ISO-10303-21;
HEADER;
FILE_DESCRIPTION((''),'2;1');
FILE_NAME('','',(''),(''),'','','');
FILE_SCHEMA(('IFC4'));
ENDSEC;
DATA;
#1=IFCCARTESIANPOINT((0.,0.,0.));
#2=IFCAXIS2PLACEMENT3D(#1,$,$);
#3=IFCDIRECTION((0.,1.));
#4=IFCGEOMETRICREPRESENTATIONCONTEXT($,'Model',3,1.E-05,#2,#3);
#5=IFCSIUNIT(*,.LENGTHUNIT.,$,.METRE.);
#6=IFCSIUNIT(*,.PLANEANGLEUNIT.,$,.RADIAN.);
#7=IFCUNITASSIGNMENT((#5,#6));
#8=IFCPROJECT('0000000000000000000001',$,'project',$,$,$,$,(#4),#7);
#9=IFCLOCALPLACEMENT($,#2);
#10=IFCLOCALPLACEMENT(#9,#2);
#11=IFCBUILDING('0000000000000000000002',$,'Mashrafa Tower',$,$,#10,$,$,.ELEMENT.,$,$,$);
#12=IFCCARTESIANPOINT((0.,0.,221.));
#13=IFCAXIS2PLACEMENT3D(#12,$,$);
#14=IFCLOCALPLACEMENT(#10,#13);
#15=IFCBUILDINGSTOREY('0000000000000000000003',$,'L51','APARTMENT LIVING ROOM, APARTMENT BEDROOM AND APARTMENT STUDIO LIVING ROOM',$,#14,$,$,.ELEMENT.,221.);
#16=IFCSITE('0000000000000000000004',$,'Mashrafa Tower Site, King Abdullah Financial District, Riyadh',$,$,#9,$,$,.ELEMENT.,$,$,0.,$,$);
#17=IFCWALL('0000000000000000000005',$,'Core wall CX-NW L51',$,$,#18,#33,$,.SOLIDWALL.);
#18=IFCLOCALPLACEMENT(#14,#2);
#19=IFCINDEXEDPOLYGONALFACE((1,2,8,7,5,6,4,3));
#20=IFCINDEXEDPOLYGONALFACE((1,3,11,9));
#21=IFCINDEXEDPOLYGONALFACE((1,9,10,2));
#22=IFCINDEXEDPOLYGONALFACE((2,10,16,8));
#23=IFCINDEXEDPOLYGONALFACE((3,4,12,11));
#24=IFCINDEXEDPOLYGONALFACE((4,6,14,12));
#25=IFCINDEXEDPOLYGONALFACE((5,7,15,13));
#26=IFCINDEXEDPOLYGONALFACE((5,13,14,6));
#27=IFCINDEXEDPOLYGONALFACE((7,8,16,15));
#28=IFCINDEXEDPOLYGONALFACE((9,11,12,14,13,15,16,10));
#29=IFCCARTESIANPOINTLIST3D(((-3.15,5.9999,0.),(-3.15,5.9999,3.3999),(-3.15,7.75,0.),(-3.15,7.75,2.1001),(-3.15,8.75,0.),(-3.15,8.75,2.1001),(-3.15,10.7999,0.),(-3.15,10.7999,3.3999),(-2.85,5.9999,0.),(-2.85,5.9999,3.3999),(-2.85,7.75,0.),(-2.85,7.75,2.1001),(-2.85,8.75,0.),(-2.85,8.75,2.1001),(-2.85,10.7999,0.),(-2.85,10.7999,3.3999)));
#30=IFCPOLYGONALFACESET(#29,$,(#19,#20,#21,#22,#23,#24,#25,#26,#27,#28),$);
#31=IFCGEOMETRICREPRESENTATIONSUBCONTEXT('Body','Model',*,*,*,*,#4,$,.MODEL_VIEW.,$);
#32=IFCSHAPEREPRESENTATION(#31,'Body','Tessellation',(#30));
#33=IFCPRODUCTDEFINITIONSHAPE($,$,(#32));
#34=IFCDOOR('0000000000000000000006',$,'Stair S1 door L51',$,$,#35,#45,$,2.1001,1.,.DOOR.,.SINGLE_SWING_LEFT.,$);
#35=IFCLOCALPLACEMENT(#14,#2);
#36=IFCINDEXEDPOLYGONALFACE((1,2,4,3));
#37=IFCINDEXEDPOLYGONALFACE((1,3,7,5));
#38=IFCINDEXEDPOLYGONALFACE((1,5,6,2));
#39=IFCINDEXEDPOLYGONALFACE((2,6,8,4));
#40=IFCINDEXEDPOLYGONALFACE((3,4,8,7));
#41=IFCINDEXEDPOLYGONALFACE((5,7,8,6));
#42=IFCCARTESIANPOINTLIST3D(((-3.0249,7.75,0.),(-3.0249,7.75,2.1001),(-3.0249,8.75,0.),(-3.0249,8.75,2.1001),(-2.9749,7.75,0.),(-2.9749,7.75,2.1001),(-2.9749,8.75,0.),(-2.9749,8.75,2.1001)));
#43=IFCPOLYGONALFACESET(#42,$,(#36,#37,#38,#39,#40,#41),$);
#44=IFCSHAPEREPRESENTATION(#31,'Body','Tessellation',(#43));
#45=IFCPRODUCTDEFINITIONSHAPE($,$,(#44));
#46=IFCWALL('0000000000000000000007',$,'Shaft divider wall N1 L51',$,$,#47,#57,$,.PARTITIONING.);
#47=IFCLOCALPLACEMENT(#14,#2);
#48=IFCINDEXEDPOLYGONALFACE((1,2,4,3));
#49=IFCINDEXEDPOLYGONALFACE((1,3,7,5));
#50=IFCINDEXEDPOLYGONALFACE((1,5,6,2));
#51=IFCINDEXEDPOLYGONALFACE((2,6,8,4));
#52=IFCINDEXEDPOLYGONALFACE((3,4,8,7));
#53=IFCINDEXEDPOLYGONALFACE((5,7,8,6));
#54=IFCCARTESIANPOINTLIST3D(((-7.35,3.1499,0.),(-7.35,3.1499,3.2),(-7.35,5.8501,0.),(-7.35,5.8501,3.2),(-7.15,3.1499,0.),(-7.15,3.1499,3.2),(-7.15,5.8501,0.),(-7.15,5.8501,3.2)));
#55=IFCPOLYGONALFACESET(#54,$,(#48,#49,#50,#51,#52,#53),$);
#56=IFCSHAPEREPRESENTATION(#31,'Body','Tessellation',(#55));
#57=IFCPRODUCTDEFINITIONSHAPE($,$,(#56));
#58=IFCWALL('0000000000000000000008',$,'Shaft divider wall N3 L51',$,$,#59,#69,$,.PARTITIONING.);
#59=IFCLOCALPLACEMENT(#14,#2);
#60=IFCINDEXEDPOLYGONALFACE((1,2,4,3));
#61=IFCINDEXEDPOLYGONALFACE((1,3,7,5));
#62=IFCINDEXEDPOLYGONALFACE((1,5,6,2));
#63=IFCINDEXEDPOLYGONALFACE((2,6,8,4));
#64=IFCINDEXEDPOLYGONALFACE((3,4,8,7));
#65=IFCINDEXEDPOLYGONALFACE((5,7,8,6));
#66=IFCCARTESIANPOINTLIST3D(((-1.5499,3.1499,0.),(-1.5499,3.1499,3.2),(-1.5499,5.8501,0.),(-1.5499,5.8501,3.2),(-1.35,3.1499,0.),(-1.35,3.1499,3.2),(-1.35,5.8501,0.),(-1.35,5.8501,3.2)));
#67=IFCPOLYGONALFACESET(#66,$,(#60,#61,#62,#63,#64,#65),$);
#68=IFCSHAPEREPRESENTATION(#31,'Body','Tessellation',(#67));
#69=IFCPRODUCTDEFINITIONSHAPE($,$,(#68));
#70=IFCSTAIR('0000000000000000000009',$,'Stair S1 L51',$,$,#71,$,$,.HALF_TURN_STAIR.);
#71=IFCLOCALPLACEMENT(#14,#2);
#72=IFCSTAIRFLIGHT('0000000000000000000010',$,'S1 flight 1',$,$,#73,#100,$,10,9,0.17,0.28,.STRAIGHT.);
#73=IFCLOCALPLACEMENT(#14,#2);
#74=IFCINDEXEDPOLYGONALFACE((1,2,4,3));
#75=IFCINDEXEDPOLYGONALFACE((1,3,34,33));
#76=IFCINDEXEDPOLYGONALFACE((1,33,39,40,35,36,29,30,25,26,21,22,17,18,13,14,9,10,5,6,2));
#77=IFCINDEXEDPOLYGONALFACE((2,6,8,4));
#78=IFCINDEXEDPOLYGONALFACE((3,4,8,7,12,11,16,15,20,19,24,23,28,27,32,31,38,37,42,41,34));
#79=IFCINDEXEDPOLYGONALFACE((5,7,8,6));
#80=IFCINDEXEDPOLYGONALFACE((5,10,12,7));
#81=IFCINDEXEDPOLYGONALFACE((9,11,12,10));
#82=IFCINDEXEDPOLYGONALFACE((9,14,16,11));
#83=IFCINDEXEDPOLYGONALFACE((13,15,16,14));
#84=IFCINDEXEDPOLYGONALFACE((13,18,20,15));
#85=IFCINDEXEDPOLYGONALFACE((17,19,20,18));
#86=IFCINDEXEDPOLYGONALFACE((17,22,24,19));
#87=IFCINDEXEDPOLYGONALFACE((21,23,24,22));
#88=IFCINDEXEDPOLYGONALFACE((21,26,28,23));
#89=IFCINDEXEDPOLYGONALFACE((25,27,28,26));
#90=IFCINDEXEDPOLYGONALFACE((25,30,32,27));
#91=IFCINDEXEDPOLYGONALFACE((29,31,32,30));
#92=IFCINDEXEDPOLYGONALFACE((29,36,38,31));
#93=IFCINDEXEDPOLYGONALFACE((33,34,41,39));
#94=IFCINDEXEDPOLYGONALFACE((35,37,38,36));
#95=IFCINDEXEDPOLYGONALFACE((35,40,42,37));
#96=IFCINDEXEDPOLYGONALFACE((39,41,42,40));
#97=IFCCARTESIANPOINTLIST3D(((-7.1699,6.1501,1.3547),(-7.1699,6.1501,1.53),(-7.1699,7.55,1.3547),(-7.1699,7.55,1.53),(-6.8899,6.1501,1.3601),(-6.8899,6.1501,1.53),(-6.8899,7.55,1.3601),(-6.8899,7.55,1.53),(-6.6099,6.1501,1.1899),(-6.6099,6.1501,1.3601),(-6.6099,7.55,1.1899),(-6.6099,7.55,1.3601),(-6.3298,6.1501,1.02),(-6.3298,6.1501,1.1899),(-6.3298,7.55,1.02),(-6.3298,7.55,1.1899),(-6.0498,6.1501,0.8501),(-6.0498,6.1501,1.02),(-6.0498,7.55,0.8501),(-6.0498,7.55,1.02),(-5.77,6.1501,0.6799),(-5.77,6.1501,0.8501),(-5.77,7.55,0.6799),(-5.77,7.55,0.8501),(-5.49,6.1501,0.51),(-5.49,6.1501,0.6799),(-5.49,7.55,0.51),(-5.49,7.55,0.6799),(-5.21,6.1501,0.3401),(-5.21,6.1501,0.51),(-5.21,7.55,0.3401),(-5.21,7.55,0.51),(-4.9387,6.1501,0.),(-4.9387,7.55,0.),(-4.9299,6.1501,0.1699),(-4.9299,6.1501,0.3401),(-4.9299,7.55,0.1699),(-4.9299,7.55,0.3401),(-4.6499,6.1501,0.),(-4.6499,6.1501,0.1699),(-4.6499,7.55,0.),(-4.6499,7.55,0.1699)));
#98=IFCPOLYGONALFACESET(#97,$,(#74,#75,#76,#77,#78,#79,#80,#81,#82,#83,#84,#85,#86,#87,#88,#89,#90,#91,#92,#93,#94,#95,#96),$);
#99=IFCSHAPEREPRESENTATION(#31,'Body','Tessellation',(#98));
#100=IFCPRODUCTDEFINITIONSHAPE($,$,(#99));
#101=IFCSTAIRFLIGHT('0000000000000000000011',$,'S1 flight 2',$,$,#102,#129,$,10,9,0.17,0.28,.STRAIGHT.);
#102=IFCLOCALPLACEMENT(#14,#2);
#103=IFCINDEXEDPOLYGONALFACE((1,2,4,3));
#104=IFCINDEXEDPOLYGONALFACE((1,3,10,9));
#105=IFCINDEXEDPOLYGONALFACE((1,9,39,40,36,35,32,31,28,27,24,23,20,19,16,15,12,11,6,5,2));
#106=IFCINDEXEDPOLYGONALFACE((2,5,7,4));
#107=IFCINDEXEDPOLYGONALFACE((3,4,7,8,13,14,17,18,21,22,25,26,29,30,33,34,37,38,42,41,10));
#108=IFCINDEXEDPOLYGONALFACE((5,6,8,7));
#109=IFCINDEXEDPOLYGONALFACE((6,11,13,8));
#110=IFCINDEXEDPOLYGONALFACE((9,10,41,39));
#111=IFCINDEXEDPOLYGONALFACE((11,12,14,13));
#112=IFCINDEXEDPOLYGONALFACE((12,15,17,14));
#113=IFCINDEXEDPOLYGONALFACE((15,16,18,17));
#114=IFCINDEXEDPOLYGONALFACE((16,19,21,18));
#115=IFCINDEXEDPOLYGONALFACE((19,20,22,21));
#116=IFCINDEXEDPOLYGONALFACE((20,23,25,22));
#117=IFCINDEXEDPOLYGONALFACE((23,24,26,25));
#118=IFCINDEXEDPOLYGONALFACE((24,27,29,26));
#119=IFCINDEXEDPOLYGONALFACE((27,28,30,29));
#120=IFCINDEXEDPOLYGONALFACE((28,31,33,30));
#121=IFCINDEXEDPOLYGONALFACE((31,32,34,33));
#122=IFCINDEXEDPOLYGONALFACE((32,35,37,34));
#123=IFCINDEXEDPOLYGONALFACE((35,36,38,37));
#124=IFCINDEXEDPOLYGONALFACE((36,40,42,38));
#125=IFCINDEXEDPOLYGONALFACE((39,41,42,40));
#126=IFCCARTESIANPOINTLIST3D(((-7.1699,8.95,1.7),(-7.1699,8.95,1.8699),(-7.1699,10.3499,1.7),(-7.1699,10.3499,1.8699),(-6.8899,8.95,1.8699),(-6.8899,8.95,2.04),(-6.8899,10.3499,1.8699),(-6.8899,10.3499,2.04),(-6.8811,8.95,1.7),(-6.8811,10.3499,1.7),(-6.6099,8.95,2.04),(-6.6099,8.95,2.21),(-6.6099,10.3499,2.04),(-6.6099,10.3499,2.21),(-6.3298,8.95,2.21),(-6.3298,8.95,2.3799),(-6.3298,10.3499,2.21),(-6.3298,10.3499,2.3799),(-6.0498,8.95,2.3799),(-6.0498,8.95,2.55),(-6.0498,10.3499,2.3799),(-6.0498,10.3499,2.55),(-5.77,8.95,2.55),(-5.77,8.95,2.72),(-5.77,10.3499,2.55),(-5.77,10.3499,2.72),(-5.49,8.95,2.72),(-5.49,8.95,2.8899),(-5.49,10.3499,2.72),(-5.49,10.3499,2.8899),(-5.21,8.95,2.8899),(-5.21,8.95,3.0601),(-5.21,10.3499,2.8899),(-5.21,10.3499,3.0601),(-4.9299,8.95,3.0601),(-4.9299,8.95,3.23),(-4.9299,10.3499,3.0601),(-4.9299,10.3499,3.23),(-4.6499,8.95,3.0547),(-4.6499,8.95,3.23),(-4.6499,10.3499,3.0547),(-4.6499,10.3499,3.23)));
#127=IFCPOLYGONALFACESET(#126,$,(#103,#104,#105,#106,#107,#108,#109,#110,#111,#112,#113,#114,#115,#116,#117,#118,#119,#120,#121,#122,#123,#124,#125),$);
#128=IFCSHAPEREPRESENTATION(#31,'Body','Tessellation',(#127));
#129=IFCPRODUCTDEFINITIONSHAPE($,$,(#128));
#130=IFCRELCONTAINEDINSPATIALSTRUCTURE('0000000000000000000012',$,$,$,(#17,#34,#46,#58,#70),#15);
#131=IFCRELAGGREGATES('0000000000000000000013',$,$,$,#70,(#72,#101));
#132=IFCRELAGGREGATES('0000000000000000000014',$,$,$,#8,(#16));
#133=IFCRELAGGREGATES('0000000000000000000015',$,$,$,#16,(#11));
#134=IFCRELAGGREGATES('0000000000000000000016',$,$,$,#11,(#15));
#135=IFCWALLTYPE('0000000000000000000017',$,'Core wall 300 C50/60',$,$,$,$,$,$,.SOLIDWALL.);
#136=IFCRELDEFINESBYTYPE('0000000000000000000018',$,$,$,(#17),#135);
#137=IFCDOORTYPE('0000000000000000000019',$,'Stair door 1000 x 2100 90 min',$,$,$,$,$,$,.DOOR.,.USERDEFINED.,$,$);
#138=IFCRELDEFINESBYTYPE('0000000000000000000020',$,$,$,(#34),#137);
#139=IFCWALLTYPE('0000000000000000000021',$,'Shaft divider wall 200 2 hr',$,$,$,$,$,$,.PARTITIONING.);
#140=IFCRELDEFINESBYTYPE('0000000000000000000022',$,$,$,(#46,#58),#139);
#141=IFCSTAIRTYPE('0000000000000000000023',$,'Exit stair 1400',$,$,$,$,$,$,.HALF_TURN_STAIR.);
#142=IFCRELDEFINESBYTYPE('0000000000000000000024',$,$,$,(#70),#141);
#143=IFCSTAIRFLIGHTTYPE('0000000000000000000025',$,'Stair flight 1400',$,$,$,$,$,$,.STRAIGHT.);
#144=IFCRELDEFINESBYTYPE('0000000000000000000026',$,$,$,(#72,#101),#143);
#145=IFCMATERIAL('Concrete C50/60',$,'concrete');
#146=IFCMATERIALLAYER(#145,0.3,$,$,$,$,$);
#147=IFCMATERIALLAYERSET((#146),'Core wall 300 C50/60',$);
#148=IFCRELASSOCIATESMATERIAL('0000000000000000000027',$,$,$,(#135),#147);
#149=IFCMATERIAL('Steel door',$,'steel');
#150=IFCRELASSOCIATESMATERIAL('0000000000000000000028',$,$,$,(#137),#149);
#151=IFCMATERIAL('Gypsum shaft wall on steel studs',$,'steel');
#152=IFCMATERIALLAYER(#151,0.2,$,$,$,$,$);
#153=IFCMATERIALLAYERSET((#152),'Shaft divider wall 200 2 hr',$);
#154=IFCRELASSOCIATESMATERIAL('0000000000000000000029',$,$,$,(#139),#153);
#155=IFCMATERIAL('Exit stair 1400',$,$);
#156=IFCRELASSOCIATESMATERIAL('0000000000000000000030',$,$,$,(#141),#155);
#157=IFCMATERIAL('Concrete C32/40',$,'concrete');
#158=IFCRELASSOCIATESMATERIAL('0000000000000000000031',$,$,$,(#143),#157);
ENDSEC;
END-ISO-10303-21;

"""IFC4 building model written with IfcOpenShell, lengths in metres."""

from ifc_helpers import new_model, si_unit, direction, frame, frame_2d, origin, place, context, subcontext, project, spatial, polyline, rectangle, outline, extrude, material, layer, layer_set, type_object, element, fill, aggregate, save


model = new_model("IFC4")

# Units and contexts
model_context = context("Model", 3, precision=1e-05, world=origin(), true_north=direction((0.0, 1.0)))
body_context = subcontext(model_context, "Body", "Model", "MODEL_VIEW")
ifc_project = project(units=[si_unit("LENGTHUNIT", "METRE"), si_unit("PLANEANGLEUNIT", "RADIAN")], contexts=[model_context])

# Site, building, storey
site_placement = place(None, origin())
site = spatial("IfcSite", under=ifc_project, at=site_placement, Name="Mashrafa Tower Site, King Abdullah Financial District, Riyadh", CompositionType="ELEMENT", RefElevation=0.0)
building_placement = place(site_placement, origin())
building = spatial("IfcBuilding", under=site, at=building_placement, Name="Mashrafa Tower", CompositionType="ELEMENT")
storey_placement = place(building_placement, frame((0.0, 0.0, 221.0)))
storey = spatial("IfcBuildingStorey", under=building, at=storey_placement, Name="L51", Description="APARTMENT LIVING ROOM, APARTMENT BEDROOM AND APARTMENT STUDIO LIVING ROOM", CompositionType="ELEMENT", Elevation=221.0)

# Shared definitions
ifc_material_1 = material(Name="Concrete C50/60", Category="concrete")
ifc_layer_1 = layer(ifc_material_1, 0.3)
ifc_layer_set_1 = layer_set([ifc_layer_1], Name="Core wall 300 C50/60")
wall_type_1 = type_object("IfcWallType", Name="Core wall 300 C50/60", PredefinedType="SOLIDWALL", material=ifc_layer_set_1)

# Wall, opening, door
wall_1_placement = place(storey_placement, frame((-3.0, 6.0, 0.0), z_axis=(0.0, 0.0, 1.0), x_axis=(0.0, 1.0, 0.0)))
wall_1 = element("IfcWall", 1, at=wall_1_placement, inside=storey, type_object=wall_type_1, Name="Core wall CX-NW L51", PredefinedType="SOLIDWALL", context=body_context, shape_type="SweptSolid", body=[
    extrude(rectangle(XDim=4.8, YDim=0.3, at=frame_2d((2.3999, 0.0))), origin(), (0.0, 0.0, 1.0), 3.3999),
])
opening_1_placement = place(wall_1_placement, frame((1.75, 0.0, 0.0)))
opening_1 = element("IfcOpeningElement", 2, at=opening_1_placement, cuts=wall_1, PredefinedType="OPENING", context=body_context, shape_type="SweptSolid", body=[
    extrude(rectangle(XDim=1.0, YDim=2.1001, at=frame_2d((0.5, 1.05))), frame((0.0, 0.1599, 0.0), z_axis=(0.0, -1.0, 0.0), x_axis=(1.0, 0.0, 0.0)), (0.0, 0.0, 1.0), 0.3201),
])
ifc_material_2 = material(Name="Steel door", Category="steel")
door_type_1 = type_object("IfcDoorType", Name="Stair door 1000 x 2100 90 min", OperationType="USERDEFINED", PredefinedType="DOOR", material=ifc_material_2)
door_1_placement = place(opening_1_placement, origin())
door_1 = element("IfcDoor", 3, at=door_1_placement, inside=storey, type_object=door_type_1, Name="Stair S1 door L51", OperationType="SINGLE_SWING_LEFT", OverallHeight=2.1001, OverallWidth=1.0, PredefinedType="DOOR", context=body_context, shape_type="SweptSolid", body=[
    extrude(rectangle(XDim=1.0, YDim=2.1001, at=frame_2d((0.5, 1.05))), frame((0.0, 0.0249, 0.0), z_axis=(0.0, -1.0, 0.0), x_axis=(1.0, 0.0, 0.0)), (0.0, 0.0, 1.0), 0.05),
])
fill(opening_1, door_1)

# Walls
ifc_material_3 = material(Name="Gypsum shaft wall on steel studs", Category="steel")
ifc_layer_2 = layer(ifc_material_3, 0.2)
ifc_layer_set_2 = layer_set([ifc_layer_2], Name="Shaft divider wall 200 2 hr")
wall_type_2 = type_object("IfcWallType", Name="Shaft divider wall 200 2 hr", PredefinedType="PARTITIONING", material=ifc_layer_set_2)
for number, where, z_axis, x_axis, name in (
    (4, (-7.25, 3.1499, 0.0), (0.0, 0.0, 1.0), (0.0, 1.0, 0.0), "Shaft divider wall N1 L51"),
    (5, (-1.45, 3.1499, 0.0), (0.0, 0.0, 1.0), (0.0, 1.0, 0.0), "Shaft divider wall N3 L51"),
):
    element("IfcWall", number, at=place(storey_placement, frame(where, z_axis=z_axis, x_axis=x_axis)), inside=storey, type_object=wall_type_2, Name=name, PredefinedType="PARTITIONING", context=body_context, shape_type="SweptSolid", body=[
        extrude(rectangle(XDim=2.7002, YDim=0.2, at=frame_2d((1.3501, 0.0))), origin(), (0.0, 0.0, 1.0), 3.2),
    ])

# Stair, stair flights
ifc_material_4 = material(Name="Exit stair 1400")
stair_type = type_object("IfcStairType", Name="Exit stair 1400", PredefinedType="HALF_TURN_STAIR", material=ifc_material_4)
stair_placement = place(storey_placement, origin())
stair = element("IfcStair", 6, at=stair_placement, inside=storey, type_object=stair_type, Name="Stair S1 L51", PredefinedType="HALF_TURN_STAIR")
ifc_material_5 = material(Name="Concrete C32/40", Category="concrete")
stair_flight_type = type_object("IfcStairFlightType", Name="Stair flight 1400", PredefinedType="STRAIGHT", material=ifc_material_5)
stair_flight_1_placement = place(storey_placement, frame((-4.6499, 6.8501, 0.0), z_axis=(0.0, 0.0, 1.0), x_axis=(-1.0, 0.0, 0.0)))
stair_flight_1 = element("IfcStairFlight", 7, at=stair_flight_1_placement, type_object=stair_flight_type, Name="S1 flight 1", NumberOfRisers=10, NumberOfTreads=9, PredefinedType="STRAIGHT", RiserHeight=0.17, TreadLength=0.28, context=body_context, shape_type="SweptSolid", body=[
    extrude(outline(polyline([(0.0, 0.0), (0.0, 0.1699), (0.28, 0.1699), (0.28, 0.3401), (0.5601, 0.3401), (0.5601, 0.51), (0.8401, 0.51), (0.8401, 0.6799), (1.1201, 0.6799), (1.1201, 0.8501), (1.3999, 0.8501), (1.3999, 1.02), (1.6799, 1.02), (1.6799, 1.1899), (1.96, 1.1899), (1.96, 1.3601), (2.24, 1.3601), (2.24, 1.53), (2.52, 1.53), (2.52, 1.7), (2.52, 1.3547), (0.2888, 0.0), (0.0, 0.0)])), frame((0.0, 0.7, 0.0), z_axis=(0.0, -1.0, 0.0), x_axis=(1.0, 0.0, 0.0)), (0.0, 0.0, 1.0), 1.3999),
])
stair_flight_2_placement = place(storey_placement, frame((-7.1699, 9.6499, 1.7), z_axis=(0.0, 0.0, 1.0), x_axis=(1.0, 0.0, 0.0)))
stair_flight_2 = element("IfcStairFlight", 8, at=stair_flight_2_placement, type_object=stair_flight_type, Name="S1 flight 2", NumberOfRisers=10, NumberOfTreads=9, PredefinedType="STRAIGHT", RiserHeight=0.17, TreadLength=0.28, context=body_context, shape_type="SweptSolid", body=[
    extrude(outline(polyline([(0.0, 0.0), (0.0, 0.1699), (0.28, 0.1699), (0.28, 0.3401), (0.5601, 0.3401), (0.5601, 0.51), (0.8401, 0.51), (0.8401, 0.6799), (1.1201, 0.6799), (1.1201, 0.8501), (1.3999, 0.8501), (1.3999, 1.02), (1.6799, 1.02), (1.6799, 1.1899), (1.96, 1.1899), (1.96, 1.3601), (2.24, 1.3601), (2.24, 1.53), (2.52, 1.53), (2.52, 1.7), (2.52, 1.3547), (0.2888, 0.0), (0.0, 0.0)])), frame((0.0, 0.7, 0.0), z_axis=(0.0, -1.0, 0.0), x_axis=(1.0, 0.0, 0.0)), (0.0, 0.0, 1.0), 1.3999),
])
aggregate(stair, [stair_flight_1, stair_flight_2])

save(model, "model.ifc")
